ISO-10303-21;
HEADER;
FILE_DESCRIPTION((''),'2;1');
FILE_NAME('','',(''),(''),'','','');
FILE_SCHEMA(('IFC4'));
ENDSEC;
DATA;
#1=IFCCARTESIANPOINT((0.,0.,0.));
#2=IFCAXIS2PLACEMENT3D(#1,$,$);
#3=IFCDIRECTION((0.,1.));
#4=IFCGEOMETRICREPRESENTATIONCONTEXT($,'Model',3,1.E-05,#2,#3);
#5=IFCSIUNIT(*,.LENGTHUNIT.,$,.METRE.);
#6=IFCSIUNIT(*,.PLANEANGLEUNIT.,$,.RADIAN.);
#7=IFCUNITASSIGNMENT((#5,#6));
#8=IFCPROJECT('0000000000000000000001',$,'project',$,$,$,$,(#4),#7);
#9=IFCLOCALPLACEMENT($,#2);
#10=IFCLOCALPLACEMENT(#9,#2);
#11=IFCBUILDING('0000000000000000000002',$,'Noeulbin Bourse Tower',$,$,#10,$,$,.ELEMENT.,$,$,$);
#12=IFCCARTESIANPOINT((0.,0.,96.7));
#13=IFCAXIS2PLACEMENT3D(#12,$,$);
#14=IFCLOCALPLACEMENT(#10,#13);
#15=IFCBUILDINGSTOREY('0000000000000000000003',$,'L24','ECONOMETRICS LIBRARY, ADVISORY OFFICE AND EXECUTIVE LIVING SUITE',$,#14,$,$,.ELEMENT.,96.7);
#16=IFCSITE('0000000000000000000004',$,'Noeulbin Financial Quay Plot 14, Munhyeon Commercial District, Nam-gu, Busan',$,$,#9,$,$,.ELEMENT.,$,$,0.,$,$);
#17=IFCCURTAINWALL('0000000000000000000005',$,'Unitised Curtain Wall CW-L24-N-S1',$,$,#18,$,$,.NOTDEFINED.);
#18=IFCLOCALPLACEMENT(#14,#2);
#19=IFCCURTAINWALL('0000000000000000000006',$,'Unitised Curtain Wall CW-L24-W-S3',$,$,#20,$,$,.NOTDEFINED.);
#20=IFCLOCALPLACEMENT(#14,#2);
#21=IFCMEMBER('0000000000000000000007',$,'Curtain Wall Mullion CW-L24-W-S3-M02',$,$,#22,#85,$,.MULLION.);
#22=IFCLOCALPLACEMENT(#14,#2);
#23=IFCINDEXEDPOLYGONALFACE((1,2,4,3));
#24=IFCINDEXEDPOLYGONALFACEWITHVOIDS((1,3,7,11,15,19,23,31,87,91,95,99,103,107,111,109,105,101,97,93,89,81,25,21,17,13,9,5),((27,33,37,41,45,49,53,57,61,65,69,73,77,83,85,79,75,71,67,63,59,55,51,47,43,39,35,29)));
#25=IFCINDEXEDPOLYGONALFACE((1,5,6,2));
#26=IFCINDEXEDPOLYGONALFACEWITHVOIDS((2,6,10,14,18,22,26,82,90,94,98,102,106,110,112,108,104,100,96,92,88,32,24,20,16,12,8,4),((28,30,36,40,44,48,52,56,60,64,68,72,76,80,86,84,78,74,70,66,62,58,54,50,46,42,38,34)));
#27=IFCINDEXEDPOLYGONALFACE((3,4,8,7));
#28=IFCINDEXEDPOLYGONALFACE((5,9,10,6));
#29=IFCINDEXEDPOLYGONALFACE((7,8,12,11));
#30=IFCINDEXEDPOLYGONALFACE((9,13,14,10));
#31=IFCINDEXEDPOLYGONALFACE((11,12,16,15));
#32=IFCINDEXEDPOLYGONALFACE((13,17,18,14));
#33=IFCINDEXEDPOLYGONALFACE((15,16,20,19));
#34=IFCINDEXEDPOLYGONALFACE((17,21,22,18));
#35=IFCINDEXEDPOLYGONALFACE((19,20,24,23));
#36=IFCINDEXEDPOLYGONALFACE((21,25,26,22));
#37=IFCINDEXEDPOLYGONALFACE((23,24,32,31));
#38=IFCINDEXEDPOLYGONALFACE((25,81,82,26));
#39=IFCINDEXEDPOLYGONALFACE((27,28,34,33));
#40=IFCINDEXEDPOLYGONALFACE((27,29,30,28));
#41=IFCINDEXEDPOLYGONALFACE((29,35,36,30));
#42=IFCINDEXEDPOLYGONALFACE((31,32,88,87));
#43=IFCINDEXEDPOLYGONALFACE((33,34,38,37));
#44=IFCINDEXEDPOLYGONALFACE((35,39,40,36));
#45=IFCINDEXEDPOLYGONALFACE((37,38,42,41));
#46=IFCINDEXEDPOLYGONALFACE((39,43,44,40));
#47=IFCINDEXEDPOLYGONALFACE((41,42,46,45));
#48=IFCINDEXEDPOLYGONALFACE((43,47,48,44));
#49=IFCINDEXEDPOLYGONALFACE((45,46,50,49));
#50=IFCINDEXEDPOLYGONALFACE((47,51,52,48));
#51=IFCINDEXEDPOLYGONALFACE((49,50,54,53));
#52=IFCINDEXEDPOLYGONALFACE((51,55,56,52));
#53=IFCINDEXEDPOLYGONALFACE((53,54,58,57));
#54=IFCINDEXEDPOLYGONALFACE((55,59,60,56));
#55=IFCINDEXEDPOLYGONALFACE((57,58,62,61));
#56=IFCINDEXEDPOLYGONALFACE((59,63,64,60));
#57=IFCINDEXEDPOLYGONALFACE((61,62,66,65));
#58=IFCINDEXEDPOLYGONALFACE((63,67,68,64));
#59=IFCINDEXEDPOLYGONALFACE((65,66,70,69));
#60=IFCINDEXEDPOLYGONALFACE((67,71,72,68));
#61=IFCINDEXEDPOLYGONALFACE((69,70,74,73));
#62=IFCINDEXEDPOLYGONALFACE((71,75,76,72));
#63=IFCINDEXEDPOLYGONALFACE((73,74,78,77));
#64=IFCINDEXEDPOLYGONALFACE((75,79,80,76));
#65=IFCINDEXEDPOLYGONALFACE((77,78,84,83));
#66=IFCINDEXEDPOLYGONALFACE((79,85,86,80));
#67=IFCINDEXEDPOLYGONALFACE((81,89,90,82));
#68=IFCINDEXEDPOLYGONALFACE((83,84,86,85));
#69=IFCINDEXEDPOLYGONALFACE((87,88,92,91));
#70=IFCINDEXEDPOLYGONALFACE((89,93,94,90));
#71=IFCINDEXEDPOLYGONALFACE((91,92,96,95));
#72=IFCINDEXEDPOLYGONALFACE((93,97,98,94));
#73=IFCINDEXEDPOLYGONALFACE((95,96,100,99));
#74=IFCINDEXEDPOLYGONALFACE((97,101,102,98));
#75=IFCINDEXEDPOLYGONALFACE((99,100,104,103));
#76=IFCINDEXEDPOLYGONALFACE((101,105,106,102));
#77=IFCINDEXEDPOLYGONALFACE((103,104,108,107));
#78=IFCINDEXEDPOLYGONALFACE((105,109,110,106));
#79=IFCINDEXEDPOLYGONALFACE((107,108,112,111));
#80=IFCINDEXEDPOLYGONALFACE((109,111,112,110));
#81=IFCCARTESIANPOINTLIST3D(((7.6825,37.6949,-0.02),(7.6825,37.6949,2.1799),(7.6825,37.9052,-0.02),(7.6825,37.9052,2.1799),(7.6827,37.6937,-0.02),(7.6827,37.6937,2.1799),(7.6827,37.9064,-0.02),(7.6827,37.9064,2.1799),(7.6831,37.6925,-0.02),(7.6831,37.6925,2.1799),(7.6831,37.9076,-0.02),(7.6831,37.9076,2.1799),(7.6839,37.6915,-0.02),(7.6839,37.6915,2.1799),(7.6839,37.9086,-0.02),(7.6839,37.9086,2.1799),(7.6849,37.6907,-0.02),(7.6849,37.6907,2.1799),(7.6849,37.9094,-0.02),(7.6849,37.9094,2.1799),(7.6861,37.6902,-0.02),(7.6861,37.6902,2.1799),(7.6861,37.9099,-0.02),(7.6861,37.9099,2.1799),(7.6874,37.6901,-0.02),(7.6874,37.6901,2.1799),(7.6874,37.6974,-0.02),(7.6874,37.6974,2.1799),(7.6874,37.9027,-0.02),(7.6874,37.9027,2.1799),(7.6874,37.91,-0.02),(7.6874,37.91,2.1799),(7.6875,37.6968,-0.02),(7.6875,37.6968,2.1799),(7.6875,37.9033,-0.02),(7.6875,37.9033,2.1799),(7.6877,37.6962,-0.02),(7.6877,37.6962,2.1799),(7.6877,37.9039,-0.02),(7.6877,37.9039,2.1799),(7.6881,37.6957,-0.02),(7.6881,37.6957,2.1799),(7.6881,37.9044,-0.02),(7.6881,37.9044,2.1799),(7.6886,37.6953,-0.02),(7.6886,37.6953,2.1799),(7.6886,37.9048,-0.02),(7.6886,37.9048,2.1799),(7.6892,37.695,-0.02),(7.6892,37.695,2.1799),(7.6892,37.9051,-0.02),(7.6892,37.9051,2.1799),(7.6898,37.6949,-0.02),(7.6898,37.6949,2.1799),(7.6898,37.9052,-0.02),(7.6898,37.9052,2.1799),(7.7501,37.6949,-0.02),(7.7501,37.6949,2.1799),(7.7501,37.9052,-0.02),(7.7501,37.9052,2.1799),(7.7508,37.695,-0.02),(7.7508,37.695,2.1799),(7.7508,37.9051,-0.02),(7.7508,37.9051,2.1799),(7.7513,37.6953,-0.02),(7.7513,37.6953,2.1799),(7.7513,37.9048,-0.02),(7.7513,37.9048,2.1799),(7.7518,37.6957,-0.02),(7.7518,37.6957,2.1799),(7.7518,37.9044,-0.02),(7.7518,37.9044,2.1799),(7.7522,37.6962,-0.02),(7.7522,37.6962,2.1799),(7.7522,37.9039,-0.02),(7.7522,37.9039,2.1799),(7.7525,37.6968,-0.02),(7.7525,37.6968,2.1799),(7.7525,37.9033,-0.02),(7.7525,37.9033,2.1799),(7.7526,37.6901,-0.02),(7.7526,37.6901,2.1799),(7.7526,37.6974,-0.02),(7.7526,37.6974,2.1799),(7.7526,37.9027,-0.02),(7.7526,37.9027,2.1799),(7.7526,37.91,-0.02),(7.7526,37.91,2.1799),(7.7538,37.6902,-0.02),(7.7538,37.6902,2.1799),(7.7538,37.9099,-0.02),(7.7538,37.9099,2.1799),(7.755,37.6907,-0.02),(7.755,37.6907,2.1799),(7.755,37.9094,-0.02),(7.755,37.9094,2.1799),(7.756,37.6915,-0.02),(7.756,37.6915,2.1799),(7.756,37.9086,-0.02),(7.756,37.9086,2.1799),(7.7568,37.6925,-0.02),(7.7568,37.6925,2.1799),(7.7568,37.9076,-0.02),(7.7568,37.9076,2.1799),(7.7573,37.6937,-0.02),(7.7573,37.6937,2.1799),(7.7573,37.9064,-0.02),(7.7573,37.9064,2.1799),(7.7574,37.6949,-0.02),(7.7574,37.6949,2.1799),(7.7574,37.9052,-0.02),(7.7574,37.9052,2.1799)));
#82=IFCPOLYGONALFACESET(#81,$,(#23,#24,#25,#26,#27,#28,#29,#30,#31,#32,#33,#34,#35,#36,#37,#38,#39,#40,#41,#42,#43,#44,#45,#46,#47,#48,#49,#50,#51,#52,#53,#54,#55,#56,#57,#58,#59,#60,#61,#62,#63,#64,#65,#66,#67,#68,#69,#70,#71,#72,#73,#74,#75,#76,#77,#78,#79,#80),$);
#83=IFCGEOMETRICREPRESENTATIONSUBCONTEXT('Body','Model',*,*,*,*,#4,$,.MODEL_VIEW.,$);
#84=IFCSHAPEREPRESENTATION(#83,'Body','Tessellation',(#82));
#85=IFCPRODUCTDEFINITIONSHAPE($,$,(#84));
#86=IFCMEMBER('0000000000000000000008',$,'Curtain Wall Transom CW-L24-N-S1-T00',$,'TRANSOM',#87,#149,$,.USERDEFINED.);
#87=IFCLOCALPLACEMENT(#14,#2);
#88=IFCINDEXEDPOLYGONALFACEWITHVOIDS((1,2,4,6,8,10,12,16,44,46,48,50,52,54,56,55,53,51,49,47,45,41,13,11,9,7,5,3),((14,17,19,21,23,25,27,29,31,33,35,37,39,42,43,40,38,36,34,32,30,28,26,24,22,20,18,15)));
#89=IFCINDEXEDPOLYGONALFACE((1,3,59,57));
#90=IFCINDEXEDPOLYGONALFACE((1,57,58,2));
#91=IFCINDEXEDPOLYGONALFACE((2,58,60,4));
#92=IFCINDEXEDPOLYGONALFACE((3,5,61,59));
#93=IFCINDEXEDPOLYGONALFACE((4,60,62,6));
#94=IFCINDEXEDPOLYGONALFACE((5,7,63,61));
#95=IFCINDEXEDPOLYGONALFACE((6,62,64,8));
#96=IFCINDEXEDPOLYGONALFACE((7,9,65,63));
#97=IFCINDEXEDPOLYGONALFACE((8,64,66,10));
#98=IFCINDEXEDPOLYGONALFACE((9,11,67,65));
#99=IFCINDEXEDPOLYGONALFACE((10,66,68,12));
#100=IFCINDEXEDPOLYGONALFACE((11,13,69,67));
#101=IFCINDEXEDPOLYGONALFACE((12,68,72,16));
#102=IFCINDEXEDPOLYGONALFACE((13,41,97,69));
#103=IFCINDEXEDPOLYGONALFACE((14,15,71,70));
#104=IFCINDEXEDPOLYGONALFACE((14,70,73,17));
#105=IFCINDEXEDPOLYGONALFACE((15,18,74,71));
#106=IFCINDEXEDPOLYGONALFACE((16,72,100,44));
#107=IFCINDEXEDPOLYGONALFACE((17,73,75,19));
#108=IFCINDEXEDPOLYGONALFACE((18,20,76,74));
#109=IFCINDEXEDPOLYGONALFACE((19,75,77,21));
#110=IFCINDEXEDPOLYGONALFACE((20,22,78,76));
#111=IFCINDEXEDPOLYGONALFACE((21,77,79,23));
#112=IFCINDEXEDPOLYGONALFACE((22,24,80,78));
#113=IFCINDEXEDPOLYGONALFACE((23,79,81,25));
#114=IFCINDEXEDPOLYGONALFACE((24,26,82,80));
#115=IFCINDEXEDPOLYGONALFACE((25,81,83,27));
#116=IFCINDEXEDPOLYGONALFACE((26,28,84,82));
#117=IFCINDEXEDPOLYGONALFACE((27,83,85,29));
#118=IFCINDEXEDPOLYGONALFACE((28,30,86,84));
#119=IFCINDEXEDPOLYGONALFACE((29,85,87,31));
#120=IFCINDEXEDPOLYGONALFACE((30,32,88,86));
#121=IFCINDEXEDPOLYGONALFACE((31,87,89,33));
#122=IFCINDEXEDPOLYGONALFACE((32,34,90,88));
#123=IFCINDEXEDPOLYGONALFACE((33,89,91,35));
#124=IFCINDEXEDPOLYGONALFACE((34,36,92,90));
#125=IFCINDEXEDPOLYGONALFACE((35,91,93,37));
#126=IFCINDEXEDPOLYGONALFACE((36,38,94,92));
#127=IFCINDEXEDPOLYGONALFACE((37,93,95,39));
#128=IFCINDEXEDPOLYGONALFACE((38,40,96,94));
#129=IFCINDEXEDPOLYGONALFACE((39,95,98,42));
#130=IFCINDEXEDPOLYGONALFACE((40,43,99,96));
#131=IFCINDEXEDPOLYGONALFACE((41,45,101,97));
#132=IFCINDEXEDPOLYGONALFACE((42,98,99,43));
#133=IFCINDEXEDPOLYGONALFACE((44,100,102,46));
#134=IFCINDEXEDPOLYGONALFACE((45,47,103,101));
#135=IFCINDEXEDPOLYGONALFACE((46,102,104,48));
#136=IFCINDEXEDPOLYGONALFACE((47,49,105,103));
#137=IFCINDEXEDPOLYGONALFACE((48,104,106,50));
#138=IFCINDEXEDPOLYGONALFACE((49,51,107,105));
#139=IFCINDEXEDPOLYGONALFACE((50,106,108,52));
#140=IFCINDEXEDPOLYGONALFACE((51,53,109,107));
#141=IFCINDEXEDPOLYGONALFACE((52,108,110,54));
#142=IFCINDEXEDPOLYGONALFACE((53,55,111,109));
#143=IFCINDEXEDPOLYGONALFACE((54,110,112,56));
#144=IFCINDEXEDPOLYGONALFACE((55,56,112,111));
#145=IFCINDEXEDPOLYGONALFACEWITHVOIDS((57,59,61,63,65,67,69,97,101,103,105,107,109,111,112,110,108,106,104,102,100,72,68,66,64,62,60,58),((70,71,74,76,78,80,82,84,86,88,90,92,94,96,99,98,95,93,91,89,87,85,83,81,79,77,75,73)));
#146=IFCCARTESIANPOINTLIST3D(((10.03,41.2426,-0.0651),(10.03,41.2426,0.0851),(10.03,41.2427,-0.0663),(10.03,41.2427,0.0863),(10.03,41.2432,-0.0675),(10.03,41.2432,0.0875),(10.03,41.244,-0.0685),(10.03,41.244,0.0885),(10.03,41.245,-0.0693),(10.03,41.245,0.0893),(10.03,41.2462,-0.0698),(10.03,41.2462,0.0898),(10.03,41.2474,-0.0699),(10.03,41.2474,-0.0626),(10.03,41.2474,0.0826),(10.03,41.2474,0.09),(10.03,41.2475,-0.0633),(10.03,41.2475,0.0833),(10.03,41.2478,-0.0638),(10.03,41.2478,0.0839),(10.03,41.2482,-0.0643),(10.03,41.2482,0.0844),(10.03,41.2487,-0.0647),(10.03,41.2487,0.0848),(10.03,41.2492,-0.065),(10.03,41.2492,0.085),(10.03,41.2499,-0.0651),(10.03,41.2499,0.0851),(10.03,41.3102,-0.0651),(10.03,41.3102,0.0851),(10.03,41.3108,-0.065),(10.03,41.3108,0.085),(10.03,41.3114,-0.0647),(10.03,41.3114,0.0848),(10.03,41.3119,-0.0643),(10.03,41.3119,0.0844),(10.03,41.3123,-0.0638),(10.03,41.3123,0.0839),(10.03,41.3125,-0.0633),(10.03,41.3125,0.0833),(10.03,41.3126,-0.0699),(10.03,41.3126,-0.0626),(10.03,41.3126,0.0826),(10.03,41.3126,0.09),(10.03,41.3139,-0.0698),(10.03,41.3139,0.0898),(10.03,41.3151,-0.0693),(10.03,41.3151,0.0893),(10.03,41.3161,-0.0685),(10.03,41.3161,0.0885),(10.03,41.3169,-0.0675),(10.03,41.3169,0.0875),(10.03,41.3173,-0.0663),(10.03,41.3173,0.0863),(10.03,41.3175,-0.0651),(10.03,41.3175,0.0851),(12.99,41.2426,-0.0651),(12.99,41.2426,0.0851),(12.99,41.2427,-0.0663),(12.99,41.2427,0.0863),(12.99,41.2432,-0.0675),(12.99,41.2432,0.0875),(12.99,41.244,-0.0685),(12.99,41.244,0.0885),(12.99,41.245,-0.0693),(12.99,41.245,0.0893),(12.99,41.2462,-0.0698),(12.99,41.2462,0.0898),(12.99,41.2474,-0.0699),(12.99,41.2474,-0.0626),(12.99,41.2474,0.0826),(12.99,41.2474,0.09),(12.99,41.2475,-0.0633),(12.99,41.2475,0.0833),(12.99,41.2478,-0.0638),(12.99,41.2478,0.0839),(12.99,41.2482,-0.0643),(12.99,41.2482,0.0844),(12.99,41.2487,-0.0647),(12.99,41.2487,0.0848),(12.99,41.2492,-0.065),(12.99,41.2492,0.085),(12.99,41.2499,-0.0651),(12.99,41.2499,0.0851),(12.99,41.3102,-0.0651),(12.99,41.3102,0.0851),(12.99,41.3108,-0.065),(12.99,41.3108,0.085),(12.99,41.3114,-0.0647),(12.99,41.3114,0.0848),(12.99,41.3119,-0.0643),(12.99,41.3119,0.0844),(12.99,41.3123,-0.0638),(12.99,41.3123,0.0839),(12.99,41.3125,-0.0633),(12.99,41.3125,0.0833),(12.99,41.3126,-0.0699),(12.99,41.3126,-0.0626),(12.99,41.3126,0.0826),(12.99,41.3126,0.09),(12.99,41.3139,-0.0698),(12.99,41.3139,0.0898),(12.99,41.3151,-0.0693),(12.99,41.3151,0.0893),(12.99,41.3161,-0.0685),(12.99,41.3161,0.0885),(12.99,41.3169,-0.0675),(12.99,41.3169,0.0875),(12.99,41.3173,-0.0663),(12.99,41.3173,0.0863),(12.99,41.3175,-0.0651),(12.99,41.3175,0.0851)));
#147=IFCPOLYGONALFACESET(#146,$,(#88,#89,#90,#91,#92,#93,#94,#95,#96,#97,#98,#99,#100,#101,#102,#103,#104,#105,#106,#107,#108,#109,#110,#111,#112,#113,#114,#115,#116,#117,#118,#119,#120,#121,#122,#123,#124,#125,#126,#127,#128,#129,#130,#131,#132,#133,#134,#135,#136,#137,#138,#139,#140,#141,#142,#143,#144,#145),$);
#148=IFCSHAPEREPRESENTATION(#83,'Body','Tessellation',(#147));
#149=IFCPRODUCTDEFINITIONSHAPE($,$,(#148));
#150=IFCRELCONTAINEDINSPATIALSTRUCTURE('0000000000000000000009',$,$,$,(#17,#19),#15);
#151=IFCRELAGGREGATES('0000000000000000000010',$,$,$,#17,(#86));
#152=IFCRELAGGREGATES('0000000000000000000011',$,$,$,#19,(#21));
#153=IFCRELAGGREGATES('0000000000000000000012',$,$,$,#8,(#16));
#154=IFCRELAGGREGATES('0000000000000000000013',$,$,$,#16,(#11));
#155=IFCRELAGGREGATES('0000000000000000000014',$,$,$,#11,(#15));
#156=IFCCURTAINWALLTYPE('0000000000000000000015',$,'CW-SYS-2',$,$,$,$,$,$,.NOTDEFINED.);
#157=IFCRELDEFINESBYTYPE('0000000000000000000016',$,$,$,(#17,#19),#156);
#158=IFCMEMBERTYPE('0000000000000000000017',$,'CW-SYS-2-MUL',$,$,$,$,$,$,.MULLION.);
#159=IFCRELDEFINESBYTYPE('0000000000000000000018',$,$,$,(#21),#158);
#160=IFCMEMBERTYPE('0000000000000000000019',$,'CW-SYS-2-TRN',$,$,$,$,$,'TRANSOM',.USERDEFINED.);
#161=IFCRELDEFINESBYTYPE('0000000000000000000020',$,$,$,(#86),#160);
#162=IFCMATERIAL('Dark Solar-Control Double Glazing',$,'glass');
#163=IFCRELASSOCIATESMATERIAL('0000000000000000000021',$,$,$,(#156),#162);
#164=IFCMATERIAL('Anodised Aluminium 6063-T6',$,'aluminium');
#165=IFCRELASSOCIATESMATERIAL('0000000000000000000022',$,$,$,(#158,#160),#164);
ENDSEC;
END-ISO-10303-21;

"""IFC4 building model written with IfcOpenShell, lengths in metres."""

from ifc_helpers import new_model, si_unit, direction, frame, origin, origin_2d, place, context, subcontext, project, spatial, hollow_rectangle, extrude, material, material_profile, profile_set, type_object, element, aggregate, save


model = new_model("IFC4")

# Units and contexts
model_context = context("Model", 3, precision=1e-05, world=origin(), true_north=direction((0.0, 1.0)))
body_context = subcontext(model_context, "Body", "Model", "MODEL_VIEW")
ifc_project = project(units=[si_unit("LENGTHUNIT", "METRE"), si_unit("PLANEANGLEUNIT", "RADIAN")], contexts=[model_context])

# Site, building, storey
site_placement = place(None, origin())
site = spatial("IfcSite", under=ifc_project, at=site_placement, Name="Noeulbin Financial Quay Plot 14, Munhyeon Commercial District, Nam-gu, Busan", CompositionType="ELEMENT", RefElevation=0.0)
building_placement = place(site_placement, origin())
building = spatial("IfcBuilding", under=site, at=building_placement, Name="Noeulbin Bourse Tower", CompositionType="ELEMENT")
storey_placement = place(building_placement, frame((0.0, 0.0, 96.7)))
storey = spatial("IfcBuildingStorey", under=building, at=storey_placement, Name="L24", Description="ECONOMETRICS LIBRARY, ADVISORY OFFICE AND EXECUTIVE LIVING SUITE", CompositionType="ELEMENT", Elevation=96.7)

# Curtain wall
ifc_material_1 = material(Name="Dark Solar-Control Double Glazing", Category="glass")
curtain_wall_type = type_object("IfcCurtainWallType", Name="CW-SYS-2", PredefinedType="NOTDEFINED", material=ifc_material_1)
curtain_wall_1_placement = place(storey_placement, origin())
curtain_wall_1 = element("IfcCurtainWall", 1, at=curtain_wall_1_placement, inside=storey, type_object=curtain_wall_type, Name="Unitised Curtain Wall CW-L24-N-S1", PredefinedType="NOTDEFINED")
ifc_material_2 = material(Name="Anodised Aluminium 6063-T6", Category="aluminium")
ifc_material_profile_1 = material_profile(ifc_material_2, hollow_rectangle(XDim=0.075, YDim=0.22, WallThickness=0.0049, InnerFilletRadius=0.0024, OuterFilletRadius=0.0049, at=origin_2d()), Name="ALU-MULL-75x220x5", Category="LoadBearing")
ifc_profile_set_1 = profile_set([ifc_material_profile_1], Name="Anodised Aluminium 6063-T6")
member_type_1 = type_object("IfcMemberType", Name="CW-SYS-2-MUL", PredefinedType="MULLION", material=ifc_profile_set_1)

# Curtain wall, member
curtain_wall_2_placement = place(storey_placement, origin())
curtain_wall_2 = element("IfcCurtainWall", 2, at=curtain_wall_2_placement, inside=storey, type_object=curtain_wall_type, Name="Unitised Curtain Wall CW-L24-W-S3", PredefinedType="NOTDEFINED")
member_1_placement = place(storey_placement, frame((7.72, 37.8, -0.02), z_axis=(0.0, 0.0, 1.0), x_axis=(1.0, 0.0, 0.0)))
member_1 = element("IfcMember", 3, at=member_1_placement, type_object=member_type_1, Name="Curtain Wall Mullion CW-L24-W-S3-M02", PredefinedType="MULLION", context=body_context, shape_type="SweptSolid", body=[
    extrude(hollow_rectangle(XDim=0.075, YDim=0.22, WallThickness=0.0049, InnerFilletRadius=0.0024, OuterFilletRadius=0.0049, at=origin_2d()), origin(), (0.0, 0.0, 1.0), 2.2),
])

# Member
ifc_material_profile_2 = material_profile(ifc_material_2, hollow_rectangle(XDim=0.075, YDim=0.1599, WallThickness=0.0049, InnerFilletRadius=0.0024, OuterFilletRadius=0.0049, at=origin_2d()), Name="ALU-TRAN-75x160x5", Category="LoadBearing")
ifc_profile_set_2 = profile_set([ifc_material_profile_2], Name="Anodised Aluminium 6063-T6")
member_type_2 = type_object("IfcMemberType", Name="CW-SYS-2-TRN", ElementType="TRANSOM", PredefinedType="USERDEFINED", material=ifc_profile_set_2)
member_2_placement = place(storey_placement, frame((10.03, 41.28, 0.01), z_axis=(1.0, 0.0, 0.0), x_axis=(0.0, 1.0, 0.0)))
member_2 = element("IfcMember", 4, at=member_2_placement, type_object=member_type_2, Name="Curtain Wall Transom CW-L24-N-S1-T00", ObjectType="TRANSOM", PredefinedType="USERDEFINED", context=body_context, shape_type="SweptSolid", body=[
    extrude(hollow_rectangle(XDim=0.075, YDim=0.1599, WallThickness=0.0049, InnerFilletRadius=0.0024, OuterFilletRadius=0.0049, at=origin_2d()), origin(), (0.0, 0.0, 1.0), 2.96),
])

aggregate(curtain_wall_1, [member_2])
aggregate(curtain_wall_2, [member_1])

save(model, "model.ifc")
